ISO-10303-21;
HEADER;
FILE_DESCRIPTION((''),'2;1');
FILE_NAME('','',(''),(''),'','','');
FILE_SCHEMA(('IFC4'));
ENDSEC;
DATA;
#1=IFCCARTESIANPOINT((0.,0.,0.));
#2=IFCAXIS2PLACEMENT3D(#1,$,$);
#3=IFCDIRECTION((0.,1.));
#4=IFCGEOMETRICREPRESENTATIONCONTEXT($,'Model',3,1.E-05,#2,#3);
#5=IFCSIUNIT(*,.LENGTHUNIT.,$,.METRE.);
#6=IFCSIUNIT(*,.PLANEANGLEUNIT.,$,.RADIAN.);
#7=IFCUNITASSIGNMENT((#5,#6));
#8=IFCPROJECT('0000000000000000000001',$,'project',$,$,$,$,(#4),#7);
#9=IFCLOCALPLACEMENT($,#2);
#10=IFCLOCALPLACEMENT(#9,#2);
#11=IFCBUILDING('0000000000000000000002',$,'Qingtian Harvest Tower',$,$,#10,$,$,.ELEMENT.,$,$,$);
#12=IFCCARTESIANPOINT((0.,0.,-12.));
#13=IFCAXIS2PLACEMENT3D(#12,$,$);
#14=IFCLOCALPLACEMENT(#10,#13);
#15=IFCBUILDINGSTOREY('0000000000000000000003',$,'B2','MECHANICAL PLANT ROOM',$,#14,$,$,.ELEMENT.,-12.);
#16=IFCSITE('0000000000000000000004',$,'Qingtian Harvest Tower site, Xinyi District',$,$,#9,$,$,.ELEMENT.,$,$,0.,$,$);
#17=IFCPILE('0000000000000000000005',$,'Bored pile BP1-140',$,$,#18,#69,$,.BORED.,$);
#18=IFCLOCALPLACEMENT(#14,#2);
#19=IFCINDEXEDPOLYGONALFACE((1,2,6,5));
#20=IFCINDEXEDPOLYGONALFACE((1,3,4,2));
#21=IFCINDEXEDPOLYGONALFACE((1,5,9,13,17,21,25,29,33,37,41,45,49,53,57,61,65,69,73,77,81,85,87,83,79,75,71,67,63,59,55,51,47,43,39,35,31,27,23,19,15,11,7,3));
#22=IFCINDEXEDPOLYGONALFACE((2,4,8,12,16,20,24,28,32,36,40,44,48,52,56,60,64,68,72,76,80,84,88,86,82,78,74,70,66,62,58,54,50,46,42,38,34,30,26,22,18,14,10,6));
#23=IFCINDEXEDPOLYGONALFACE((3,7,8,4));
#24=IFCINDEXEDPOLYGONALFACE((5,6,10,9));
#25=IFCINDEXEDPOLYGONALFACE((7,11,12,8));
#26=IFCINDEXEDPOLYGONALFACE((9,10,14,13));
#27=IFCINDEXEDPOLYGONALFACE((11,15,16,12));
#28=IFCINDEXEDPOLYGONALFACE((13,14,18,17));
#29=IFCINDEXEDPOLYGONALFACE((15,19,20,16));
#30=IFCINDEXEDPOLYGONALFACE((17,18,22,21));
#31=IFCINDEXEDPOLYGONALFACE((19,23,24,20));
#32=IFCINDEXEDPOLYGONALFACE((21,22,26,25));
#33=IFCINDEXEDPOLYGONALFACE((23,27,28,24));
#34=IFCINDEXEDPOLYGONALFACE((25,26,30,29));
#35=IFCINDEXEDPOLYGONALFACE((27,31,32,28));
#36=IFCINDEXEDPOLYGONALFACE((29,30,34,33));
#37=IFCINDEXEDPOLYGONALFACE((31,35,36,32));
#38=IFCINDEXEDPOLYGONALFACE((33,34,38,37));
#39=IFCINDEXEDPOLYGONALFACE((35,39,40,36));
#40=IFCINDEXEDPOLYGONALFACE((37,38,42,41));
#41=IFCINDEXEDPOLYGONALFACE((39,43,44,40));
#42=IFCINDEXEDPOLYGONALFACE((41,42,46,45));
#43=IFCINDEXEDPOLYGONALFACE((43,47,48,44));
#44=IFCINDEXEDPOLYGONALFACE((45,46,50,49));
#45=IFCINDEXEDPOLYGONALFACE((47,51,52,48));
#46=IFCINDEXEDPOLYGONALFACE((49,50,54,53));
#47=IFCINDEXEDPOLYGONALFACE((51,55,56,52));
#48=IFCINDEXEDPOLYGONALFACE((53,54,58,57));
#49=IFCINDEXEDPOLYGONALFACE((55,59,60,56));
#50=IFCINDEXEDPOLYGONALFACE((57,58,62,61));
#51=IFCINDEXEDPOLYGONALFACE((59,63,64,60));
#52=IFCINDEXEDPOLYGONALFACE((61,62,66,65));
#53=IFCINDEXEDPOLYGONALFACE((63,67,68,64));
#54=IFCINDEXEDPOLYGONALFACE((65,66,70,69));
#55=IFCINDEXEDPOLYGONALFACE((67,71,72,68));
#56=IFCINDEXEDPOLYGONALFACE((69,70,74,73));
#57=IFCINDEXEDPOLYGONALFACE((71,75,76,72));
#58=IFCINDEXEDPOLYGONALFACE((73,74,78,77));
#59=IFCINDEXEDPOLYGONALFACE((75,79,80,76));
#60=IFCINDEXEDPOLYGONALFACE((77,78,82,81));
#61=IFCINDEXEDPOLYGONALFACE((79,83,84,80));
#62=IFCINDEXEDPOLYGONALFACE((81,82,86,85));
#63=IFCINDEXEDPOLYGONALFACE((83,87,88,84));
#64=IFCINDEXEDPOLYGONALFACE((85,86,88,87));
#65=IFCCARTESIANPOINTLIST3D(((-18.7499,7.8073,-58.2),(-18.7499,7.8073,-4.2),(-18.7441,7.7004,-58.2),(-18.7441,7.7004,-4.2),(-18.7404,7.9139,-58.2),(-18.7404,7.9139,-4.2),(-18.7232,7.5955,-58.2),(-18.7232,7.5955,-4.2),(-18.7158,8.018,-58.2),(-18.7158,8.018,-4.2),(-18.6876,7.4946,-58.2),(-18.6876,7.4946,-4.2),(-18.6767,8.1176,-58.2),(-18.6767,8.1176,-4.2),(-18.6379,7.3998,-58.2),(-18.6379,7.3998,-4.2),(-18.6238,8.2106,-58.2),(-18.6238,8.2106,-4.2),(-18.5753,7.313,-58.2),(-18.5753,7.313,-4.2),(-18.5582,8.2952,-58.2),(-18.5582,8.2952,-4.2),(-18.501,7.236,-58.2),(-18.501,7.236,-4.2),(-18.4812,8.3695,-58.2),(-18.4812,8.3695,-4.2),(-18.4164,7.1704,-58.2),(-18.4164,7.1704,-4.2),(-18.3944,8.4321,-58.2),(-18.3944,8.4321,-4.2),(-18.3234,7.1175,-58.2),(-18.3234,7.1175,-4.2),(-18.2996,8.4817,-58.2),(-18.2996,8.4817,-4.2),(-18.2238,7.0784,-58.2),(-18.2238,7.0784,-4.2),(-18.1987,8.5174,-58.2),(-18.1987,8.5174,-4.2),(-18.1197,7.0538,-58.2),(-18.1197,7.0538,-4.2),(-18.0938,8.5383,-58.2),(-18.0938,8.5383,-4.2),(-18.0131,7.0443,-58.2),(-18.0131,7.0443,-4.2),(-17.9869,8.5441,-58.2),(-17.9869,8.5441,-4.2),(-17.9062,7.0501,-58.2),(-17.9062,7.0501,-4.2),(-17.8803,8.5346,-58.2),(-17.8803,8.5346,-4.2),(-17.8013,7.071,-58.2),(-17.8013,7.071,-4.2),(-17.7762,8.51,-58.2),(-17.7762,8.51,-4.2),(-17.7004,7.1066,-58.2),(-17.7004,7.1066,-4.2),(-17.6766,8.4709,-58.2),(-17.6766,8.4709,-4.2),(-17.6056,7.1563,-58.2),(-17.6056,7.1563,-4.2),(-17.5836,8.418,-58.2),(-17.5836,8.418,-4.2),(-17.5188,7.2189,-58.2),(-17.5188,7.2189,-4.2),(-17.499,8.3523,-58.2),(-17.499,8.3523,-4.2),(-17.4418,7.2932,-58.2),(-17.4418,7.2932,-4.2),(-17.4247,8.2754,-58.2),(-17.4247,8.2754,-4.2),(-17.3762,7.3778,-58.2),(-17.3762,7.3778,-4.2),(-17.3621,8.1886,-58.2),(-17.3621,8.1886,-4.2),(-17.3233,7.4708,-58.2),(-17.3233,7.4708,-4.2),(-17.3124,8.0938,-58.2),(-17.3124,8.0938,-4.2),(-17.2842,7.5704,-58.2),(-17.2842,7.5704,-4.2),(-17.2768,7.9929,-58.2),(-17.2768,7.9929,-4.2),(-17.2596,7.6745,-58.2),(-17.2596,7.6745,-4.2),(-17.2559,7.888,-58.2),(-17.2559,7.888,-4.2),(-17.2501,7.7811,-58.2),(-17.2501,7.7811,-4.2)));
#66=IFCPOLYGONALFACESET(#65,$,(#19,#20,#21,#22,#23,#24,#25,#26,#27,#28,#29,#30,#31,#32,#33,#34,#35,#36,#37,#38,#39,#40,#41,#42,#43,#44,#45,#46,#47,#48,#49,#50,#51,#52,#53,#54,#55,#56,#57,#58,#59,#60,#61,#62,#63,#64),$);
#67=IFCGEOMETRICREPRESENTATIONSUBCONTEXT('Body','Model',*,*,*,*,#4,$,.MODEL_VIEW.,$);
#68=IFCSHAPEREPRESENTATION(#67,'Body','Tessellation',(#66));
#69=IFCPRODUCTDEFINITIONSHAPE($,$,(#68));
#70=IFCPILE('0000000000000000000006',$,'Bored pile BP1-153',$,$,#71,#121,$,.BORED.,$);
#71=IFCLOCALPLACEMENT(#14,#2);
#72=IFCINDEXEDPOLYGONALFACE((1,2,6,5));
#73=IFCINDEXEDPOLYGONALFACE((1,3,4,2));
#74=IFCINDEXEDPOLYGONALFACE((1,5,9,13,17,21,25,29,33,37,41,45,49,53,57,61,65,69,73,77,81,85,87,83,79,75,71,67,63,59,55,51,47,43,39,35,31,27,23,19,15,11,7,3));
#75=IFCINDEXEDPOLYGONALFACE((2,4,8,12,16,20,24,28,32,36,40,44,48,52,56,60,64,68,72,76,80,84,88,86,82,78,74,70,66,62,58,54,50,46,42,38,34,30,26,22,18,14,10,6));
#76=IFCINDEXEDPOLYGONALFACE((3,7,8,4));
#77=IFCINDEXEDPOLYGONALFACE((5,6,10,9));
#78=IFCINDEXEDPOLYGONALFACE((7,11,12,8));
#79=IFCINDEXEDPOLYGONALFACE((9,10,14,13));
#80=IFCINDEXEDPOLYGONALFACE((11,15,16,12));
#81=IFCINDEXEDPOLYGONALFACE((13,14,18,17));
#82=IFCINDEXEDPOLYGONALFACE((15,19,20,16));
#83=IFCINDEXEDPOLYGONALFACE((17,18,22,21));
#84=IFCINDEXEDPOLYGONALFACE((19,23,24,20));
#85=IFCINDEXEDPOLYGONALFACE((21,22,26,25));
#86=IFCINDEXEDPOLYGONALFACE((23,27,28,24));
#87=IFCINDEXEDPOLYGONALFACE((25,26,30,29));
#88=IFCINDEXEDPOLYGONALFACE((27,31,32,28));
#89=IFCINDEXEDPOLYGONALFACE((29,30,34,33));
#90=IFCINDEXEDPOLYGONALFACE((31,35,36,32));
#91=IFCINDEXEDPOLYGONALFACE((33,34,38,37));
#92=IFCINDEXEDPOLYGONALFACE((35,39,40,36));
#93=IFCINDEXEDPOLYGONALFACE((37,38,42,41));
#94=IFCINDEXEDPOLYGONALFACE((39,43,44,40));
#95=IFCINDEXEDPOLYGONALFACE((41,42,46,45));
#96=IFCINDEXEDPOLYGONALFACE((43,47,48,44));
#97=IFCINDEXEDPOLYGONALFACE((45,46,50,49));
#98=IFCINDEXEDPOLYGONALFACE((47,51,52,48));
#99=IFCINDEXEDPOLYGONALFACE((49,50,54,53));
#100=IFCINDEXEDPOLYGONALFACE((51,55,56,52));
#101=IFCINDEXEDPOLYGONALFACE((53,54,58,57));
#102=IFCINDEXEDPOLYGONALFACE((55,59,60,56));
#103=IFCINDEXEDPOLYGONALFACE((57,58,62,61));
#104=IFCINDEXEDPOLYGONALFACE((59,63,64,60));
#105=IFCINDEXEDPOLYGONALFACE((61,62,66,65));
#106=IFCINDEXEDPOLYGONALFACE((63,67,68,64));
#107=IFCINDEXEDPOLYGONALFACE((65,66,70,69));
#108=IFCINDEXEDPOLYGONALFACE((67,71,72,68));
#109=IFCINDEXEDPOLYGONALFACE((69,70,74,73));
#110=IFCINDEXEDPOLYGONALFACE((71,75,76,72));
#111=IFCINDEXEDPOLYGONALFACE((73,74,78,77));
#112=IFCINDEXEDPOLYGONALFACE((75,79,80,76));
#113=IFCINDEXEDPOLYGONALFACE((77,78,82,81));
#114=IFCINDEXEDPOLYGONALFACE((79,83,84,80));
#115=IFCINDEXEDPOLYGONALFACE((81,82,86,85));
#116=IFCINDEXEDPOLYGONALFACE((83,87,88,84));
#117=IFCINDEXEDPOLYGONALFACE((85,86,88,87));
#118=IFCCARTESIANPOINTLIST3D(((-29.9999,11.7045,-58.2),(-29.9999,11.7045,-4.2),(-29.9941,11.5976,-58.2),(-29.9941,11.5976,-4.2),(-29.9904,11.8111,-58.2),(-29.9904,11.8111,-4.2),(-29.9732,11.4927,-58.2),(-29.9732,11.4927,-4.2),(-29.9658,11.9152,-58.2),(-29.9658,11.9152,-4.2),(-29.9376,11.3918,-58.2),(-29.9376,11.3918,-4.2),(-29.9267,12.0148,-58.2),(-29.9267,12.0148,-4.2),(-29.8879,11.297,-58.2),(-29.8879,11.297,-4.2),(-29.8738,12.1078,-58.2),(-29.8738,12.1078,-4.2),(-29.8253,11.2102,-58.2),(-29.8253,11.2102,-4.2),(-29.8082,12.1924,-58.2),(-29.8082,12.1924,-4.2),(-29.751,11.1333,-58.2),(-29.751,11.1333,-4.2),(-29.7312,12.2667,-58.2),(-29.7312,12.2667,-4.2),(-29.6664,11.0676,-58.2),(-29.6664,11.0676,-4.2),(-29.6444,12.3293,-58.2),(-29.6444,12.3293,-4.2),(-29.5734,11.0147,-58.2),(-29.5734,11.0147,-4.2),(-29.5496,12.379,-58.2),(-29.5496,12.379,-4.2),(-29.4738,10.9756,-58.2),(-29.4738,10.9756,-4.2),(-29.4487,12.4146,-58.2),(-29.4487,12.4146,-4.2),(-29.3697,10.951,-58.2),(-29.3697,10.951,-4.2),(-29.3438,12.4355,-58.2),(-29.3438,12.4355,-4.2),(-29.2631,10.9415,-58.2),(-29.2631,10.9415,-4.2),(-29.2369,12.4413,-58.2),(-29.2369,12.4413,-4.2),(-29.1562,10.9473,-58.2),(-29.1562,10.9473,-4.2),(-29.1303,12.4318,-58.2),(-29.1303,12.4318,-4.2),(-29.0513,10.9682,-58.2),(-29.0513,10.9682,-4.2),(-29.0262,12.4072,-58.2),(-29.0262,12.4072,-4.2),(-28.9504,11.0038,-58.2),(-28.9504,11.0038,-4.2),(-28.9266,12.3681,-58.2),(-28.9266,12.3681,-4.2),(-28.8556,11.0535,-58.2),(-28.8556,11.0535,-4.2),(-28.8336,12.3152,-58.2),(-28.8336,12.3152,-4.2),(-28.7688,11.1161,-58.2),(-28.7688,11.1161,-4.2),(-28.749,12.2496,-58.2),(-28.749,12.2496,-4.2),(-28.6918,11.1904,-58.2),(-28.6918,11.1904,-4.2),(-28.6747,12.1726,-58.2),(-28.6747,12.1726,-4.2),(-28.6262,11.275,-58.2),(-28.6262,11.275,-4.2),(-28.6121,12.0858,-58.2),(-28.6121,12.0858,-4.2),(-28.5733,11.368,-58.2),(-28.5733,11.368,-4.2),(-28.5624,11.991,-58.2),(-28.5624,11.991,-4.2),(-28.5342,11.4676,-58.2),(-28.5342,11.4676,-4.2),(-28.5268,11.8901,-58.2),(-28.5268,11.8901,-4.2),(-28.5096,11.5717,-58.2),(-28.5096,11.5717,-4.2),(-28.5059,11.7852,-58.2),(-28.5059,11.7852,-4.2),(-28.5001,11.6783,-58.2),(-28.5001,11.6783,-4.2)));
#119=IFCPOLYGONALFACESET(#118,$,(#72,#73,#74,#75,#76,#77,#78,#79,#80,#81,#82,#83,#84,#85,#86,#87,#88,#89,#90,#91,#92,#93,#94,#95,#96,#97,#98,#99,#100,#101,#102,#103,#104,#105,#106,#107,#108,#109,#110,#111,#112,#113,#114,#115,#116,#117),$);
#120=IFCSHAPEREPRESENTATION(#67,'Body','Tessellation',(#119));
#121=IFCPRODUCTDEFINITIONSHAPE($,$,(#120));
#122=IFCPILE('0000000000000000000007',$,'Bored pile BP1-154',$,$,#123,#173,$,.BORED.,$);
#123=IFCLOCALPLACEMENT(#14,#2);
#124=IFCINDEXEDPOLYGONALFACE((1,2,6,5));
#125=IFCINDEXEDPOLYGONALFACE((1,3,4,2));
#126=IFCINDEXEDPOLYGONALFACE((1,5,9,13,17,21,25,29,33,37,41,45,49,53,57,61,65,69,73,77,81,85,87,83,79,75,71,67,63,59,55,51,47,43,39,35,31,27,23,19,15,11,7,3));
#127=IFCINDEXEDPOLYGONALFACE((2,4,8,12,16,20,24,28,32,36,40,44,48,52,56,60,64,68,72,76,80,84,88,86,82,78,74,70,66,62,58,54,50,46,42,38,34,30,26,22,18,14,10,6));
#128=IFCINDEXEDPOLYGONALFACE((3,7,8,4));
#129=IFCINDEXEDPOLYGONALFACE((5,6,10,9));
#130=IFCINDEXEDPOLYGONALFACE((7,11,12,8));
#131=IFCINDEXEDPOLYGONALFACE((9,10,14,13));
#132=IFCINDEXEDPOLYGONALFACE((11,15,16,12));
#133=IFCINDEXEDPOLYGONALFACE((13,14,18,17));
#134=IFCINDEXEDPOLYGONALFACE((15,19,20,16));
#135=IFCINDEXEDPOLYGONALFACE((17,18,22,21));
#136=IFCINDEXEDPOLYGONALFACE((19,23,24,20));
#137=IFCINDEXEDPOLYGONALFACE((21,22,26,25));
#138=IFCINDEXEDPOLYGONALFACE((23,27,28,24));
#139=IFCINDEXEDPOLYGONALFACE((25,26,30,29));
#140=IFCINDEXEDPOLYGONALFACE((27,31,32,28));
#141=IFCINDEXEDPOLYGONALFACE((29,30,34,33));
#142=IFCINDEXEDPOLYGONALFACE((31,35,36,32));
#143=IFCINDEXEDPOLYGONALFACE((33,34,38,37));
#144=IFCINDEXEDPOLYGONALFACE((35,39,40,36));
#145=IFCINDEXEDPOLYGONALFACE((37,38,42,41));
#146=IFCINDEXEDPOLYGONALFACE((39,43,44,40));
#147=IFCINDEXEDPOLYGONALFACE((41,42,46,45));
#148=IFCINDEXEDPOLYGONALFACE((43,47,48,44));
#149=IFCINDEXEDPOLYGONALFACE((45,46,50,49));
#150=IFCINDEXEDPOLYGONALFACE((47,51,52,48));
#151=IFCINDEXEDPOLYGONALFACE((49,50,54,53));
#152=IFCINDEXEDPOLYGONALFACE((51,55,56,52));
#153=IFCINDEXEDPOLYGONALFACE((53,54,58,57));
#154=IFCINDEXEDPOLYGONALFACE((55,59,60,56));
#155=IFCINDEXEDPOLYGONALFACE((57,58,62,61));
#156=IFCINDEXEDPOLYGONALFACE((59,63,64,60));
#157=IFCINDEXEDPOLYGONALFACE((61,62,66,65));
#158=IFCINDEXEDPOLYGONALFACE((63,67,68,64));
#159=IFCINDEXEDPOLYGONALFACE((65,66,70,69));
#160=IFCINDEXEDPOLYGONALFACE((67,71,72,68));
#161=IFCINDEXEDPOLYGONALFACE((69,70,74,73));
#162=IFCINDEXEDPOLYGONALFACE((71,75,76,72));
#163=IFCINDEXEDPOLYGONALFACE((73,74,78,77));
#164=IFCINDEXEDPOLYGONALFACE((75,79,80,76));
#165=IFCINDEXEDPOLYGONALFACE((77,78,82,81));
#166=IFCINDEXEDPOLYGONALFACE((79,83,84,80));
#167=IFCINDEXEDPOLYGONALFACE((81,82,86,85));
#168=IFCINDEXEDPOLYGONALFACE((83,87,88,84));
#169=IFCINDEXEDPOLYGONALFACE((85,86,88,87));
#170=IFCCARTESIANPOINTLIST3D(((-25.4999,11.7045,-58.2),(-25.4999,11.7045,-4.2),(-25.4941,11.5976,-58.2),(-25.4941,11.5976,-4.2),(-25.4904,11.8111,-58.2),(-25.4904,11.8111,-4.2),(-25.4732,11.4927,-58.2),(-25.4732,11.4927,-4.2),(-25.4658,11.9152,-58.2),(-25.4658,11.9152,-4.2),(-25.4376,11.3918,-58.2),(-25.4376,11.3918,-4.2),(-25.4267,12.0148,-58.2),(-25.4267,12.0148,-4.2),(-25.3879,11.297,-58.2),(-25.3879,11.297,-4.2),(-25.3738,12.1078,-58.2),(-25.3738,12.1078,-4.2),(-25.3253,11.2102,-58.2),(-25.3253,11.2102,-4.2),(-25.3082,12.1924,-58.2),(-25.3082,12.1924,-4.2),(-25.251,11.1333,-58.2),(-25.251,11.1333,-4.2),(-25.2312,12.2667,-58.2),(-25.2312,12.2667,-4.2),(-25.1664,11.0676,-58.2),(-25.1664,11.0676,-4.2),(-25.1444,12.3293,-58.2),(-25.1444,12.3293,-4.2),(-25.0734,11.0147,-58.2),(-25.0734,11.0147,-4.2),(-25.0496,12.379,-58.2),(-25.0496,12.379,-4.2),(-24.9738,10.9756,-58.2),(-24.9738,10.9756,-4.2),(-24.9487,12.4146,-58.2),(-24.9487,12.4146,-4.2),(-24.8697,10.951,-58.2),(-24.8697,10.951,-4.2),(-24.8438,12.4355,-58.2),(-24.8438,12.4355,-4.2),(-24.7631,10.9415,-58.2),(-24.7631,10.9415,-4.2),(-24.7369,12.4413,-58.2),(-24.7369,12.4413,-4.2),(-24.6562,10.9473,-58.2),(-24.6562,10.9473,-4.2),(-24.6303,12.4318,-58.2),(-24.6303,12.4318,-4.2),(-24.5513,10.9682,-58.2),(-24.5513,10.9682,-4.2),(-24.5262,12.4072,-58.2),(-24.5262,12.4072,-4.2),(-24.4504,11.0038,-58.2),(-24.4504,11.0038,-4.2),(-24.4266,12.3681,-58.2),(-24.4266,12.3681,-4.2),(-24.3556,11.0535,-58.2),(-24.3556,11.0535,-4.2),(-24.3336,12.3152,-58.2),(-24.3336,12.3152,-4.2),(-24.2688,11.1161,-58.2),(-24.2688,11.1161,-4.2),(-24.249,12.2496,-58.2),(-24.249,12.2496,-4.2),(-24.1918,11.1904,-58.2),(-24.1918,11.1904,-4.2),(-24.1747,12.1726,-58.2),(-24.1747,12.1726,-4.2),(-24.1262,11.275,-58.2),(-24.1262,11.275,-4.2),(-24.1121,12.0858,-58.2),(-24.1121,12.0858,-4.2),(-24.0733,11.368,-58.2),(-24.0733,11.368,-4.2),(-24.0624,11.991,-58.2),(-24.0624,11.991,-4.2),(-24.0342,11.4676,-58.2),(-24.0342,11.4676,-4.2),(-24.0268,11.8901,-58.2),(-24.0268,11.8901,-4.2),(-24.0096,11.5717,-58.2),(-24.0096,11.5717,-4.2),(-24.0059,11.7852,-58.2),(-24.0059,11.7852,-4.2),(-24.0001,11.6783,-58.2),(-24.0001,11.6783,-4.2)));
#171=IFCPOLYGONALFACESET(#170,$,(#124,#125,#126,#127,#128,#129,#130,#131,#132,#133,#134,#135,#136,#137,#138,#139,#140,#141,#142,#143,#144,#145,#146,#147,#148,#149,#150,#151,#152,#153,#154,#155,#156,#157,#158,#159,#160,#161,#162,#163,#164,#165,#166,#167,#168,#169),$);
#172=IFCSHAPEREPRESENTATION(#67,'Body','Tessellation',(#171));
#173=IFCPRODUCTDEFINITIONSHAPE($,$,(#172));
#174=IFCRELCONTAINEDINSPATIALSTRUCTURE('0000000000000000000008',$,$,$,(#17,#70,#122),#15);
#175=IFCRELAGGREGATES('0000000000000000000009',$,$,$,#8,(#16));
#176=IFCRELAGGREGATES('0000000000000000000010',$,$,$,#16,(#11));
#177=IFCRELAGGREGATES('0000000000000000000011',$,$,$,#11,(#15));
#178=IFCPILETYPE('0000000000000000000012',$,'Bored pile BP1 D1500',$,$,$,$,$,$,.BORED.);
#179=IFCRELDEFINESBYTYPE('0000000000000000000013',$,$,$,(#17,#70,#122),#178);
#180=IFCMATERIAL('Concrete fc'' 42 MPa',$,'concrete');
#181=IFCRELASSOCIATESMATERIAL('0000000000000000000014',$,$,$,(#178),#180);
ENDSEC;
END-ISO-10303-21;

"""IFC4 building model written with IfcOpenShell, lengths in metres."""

from ifc_helpers import new_model, si_unit, direction, frame, frame_2d, origin, place, context, subcontext, project, spatial, circle, extrude, material, material_profile, profile_set, type_object, element, save


model = new_model("IFC4")

# Units and contexts
model_context = context("Model", 3, precision=1e-05, world=origin(), true_north=direction((0.0, 1.0)))
body_context = subcontext(model_context, "Body", "Model", "MODEL_VIEW")
ifc_project = project(units=[si_unit("LENGTHUNIT", "METRE"), si_unit("PLANEANGLEUNIT", "RADIAN")], contexts=[model_context])

# Site, building, storey
site_placement = place(None, origin())
site = spatial("IfcSite", under=ifc_project, at=site_placement, Name="Qingtian Harvest Tower site, Xinyi District", CompositionType="ELEMENT", RefElevation=0.0)
building_placement = place(site_placement, origin())
building = spatial("IfcBuilding", under=site, at=building_placement, Name="Qingtian Harvest Tower", CompositionType="ELEMENT")
storey_placement = place(building_placement, frame((0.0, 0.0, -12.0)))
storey = spatial("IfcBuildingStorey", under=building, at=storey_placement, Name="B2", Description="MECHANICAL PLANT ROOM", CompositionType="ELEMENT", Elevation=-12.0)

# Piles
ifc_material_1 = material(Name="Concrete fc' 42 MPa", Category="concrete")
ifc_material_profile_1 = material_profile(ifc_material_1, circle(Radius=0.75, at=frame_2d((0.0, 0.0), x_axis=(0.999848, 0.017452))), Name="Bored pile BP1 D1500")
ifc_profile_set_1 = profile_set([ifc_material_profile_1], Name="Concrete fc' 42 MPa")
pile_type = type_object("IfcPileType", Name="Bored pile BP1 D1500", PredefinedType="BORED", material=ifc_profile_set_1)
for number, where, z_axis, x_axis, name in (
    (1, (-18.0, 7.7942, -4.2), (0.0, 0.0, -1.0), (1.0, 0.0, 0.0), "Bored pile BP1-140"),
    (2, (-29.25, 11.6914, -4.2), (0.0, 0.0, -1.0), (1.0, 0.0, 0.0), "Bored pile BP1-153"),
    (3, (-24.75, 11.6914, -4.2), (0.0, 0.0, -1.0), (1.0, 0.0, 0.0), "Bored pile BP1-154"),
):
    element("IfcPile", number, at=place(storey_placement, frame(where, z_axis=z_axis, x_axis=x_axis)), inside=storey, type_object=pile_type, Name=name, PredefinedType="BORED", context=body_context, shape_type="SweptSolid", body=[
        extrude(circle(Radius=0.75, at=frame_2d((0.0, 0.0), x_axis=(0.999848, 0.017452))), origin(), (0.0, 0.0, 1.0), 54.0),
    ])

save(model, "model.ifc")
